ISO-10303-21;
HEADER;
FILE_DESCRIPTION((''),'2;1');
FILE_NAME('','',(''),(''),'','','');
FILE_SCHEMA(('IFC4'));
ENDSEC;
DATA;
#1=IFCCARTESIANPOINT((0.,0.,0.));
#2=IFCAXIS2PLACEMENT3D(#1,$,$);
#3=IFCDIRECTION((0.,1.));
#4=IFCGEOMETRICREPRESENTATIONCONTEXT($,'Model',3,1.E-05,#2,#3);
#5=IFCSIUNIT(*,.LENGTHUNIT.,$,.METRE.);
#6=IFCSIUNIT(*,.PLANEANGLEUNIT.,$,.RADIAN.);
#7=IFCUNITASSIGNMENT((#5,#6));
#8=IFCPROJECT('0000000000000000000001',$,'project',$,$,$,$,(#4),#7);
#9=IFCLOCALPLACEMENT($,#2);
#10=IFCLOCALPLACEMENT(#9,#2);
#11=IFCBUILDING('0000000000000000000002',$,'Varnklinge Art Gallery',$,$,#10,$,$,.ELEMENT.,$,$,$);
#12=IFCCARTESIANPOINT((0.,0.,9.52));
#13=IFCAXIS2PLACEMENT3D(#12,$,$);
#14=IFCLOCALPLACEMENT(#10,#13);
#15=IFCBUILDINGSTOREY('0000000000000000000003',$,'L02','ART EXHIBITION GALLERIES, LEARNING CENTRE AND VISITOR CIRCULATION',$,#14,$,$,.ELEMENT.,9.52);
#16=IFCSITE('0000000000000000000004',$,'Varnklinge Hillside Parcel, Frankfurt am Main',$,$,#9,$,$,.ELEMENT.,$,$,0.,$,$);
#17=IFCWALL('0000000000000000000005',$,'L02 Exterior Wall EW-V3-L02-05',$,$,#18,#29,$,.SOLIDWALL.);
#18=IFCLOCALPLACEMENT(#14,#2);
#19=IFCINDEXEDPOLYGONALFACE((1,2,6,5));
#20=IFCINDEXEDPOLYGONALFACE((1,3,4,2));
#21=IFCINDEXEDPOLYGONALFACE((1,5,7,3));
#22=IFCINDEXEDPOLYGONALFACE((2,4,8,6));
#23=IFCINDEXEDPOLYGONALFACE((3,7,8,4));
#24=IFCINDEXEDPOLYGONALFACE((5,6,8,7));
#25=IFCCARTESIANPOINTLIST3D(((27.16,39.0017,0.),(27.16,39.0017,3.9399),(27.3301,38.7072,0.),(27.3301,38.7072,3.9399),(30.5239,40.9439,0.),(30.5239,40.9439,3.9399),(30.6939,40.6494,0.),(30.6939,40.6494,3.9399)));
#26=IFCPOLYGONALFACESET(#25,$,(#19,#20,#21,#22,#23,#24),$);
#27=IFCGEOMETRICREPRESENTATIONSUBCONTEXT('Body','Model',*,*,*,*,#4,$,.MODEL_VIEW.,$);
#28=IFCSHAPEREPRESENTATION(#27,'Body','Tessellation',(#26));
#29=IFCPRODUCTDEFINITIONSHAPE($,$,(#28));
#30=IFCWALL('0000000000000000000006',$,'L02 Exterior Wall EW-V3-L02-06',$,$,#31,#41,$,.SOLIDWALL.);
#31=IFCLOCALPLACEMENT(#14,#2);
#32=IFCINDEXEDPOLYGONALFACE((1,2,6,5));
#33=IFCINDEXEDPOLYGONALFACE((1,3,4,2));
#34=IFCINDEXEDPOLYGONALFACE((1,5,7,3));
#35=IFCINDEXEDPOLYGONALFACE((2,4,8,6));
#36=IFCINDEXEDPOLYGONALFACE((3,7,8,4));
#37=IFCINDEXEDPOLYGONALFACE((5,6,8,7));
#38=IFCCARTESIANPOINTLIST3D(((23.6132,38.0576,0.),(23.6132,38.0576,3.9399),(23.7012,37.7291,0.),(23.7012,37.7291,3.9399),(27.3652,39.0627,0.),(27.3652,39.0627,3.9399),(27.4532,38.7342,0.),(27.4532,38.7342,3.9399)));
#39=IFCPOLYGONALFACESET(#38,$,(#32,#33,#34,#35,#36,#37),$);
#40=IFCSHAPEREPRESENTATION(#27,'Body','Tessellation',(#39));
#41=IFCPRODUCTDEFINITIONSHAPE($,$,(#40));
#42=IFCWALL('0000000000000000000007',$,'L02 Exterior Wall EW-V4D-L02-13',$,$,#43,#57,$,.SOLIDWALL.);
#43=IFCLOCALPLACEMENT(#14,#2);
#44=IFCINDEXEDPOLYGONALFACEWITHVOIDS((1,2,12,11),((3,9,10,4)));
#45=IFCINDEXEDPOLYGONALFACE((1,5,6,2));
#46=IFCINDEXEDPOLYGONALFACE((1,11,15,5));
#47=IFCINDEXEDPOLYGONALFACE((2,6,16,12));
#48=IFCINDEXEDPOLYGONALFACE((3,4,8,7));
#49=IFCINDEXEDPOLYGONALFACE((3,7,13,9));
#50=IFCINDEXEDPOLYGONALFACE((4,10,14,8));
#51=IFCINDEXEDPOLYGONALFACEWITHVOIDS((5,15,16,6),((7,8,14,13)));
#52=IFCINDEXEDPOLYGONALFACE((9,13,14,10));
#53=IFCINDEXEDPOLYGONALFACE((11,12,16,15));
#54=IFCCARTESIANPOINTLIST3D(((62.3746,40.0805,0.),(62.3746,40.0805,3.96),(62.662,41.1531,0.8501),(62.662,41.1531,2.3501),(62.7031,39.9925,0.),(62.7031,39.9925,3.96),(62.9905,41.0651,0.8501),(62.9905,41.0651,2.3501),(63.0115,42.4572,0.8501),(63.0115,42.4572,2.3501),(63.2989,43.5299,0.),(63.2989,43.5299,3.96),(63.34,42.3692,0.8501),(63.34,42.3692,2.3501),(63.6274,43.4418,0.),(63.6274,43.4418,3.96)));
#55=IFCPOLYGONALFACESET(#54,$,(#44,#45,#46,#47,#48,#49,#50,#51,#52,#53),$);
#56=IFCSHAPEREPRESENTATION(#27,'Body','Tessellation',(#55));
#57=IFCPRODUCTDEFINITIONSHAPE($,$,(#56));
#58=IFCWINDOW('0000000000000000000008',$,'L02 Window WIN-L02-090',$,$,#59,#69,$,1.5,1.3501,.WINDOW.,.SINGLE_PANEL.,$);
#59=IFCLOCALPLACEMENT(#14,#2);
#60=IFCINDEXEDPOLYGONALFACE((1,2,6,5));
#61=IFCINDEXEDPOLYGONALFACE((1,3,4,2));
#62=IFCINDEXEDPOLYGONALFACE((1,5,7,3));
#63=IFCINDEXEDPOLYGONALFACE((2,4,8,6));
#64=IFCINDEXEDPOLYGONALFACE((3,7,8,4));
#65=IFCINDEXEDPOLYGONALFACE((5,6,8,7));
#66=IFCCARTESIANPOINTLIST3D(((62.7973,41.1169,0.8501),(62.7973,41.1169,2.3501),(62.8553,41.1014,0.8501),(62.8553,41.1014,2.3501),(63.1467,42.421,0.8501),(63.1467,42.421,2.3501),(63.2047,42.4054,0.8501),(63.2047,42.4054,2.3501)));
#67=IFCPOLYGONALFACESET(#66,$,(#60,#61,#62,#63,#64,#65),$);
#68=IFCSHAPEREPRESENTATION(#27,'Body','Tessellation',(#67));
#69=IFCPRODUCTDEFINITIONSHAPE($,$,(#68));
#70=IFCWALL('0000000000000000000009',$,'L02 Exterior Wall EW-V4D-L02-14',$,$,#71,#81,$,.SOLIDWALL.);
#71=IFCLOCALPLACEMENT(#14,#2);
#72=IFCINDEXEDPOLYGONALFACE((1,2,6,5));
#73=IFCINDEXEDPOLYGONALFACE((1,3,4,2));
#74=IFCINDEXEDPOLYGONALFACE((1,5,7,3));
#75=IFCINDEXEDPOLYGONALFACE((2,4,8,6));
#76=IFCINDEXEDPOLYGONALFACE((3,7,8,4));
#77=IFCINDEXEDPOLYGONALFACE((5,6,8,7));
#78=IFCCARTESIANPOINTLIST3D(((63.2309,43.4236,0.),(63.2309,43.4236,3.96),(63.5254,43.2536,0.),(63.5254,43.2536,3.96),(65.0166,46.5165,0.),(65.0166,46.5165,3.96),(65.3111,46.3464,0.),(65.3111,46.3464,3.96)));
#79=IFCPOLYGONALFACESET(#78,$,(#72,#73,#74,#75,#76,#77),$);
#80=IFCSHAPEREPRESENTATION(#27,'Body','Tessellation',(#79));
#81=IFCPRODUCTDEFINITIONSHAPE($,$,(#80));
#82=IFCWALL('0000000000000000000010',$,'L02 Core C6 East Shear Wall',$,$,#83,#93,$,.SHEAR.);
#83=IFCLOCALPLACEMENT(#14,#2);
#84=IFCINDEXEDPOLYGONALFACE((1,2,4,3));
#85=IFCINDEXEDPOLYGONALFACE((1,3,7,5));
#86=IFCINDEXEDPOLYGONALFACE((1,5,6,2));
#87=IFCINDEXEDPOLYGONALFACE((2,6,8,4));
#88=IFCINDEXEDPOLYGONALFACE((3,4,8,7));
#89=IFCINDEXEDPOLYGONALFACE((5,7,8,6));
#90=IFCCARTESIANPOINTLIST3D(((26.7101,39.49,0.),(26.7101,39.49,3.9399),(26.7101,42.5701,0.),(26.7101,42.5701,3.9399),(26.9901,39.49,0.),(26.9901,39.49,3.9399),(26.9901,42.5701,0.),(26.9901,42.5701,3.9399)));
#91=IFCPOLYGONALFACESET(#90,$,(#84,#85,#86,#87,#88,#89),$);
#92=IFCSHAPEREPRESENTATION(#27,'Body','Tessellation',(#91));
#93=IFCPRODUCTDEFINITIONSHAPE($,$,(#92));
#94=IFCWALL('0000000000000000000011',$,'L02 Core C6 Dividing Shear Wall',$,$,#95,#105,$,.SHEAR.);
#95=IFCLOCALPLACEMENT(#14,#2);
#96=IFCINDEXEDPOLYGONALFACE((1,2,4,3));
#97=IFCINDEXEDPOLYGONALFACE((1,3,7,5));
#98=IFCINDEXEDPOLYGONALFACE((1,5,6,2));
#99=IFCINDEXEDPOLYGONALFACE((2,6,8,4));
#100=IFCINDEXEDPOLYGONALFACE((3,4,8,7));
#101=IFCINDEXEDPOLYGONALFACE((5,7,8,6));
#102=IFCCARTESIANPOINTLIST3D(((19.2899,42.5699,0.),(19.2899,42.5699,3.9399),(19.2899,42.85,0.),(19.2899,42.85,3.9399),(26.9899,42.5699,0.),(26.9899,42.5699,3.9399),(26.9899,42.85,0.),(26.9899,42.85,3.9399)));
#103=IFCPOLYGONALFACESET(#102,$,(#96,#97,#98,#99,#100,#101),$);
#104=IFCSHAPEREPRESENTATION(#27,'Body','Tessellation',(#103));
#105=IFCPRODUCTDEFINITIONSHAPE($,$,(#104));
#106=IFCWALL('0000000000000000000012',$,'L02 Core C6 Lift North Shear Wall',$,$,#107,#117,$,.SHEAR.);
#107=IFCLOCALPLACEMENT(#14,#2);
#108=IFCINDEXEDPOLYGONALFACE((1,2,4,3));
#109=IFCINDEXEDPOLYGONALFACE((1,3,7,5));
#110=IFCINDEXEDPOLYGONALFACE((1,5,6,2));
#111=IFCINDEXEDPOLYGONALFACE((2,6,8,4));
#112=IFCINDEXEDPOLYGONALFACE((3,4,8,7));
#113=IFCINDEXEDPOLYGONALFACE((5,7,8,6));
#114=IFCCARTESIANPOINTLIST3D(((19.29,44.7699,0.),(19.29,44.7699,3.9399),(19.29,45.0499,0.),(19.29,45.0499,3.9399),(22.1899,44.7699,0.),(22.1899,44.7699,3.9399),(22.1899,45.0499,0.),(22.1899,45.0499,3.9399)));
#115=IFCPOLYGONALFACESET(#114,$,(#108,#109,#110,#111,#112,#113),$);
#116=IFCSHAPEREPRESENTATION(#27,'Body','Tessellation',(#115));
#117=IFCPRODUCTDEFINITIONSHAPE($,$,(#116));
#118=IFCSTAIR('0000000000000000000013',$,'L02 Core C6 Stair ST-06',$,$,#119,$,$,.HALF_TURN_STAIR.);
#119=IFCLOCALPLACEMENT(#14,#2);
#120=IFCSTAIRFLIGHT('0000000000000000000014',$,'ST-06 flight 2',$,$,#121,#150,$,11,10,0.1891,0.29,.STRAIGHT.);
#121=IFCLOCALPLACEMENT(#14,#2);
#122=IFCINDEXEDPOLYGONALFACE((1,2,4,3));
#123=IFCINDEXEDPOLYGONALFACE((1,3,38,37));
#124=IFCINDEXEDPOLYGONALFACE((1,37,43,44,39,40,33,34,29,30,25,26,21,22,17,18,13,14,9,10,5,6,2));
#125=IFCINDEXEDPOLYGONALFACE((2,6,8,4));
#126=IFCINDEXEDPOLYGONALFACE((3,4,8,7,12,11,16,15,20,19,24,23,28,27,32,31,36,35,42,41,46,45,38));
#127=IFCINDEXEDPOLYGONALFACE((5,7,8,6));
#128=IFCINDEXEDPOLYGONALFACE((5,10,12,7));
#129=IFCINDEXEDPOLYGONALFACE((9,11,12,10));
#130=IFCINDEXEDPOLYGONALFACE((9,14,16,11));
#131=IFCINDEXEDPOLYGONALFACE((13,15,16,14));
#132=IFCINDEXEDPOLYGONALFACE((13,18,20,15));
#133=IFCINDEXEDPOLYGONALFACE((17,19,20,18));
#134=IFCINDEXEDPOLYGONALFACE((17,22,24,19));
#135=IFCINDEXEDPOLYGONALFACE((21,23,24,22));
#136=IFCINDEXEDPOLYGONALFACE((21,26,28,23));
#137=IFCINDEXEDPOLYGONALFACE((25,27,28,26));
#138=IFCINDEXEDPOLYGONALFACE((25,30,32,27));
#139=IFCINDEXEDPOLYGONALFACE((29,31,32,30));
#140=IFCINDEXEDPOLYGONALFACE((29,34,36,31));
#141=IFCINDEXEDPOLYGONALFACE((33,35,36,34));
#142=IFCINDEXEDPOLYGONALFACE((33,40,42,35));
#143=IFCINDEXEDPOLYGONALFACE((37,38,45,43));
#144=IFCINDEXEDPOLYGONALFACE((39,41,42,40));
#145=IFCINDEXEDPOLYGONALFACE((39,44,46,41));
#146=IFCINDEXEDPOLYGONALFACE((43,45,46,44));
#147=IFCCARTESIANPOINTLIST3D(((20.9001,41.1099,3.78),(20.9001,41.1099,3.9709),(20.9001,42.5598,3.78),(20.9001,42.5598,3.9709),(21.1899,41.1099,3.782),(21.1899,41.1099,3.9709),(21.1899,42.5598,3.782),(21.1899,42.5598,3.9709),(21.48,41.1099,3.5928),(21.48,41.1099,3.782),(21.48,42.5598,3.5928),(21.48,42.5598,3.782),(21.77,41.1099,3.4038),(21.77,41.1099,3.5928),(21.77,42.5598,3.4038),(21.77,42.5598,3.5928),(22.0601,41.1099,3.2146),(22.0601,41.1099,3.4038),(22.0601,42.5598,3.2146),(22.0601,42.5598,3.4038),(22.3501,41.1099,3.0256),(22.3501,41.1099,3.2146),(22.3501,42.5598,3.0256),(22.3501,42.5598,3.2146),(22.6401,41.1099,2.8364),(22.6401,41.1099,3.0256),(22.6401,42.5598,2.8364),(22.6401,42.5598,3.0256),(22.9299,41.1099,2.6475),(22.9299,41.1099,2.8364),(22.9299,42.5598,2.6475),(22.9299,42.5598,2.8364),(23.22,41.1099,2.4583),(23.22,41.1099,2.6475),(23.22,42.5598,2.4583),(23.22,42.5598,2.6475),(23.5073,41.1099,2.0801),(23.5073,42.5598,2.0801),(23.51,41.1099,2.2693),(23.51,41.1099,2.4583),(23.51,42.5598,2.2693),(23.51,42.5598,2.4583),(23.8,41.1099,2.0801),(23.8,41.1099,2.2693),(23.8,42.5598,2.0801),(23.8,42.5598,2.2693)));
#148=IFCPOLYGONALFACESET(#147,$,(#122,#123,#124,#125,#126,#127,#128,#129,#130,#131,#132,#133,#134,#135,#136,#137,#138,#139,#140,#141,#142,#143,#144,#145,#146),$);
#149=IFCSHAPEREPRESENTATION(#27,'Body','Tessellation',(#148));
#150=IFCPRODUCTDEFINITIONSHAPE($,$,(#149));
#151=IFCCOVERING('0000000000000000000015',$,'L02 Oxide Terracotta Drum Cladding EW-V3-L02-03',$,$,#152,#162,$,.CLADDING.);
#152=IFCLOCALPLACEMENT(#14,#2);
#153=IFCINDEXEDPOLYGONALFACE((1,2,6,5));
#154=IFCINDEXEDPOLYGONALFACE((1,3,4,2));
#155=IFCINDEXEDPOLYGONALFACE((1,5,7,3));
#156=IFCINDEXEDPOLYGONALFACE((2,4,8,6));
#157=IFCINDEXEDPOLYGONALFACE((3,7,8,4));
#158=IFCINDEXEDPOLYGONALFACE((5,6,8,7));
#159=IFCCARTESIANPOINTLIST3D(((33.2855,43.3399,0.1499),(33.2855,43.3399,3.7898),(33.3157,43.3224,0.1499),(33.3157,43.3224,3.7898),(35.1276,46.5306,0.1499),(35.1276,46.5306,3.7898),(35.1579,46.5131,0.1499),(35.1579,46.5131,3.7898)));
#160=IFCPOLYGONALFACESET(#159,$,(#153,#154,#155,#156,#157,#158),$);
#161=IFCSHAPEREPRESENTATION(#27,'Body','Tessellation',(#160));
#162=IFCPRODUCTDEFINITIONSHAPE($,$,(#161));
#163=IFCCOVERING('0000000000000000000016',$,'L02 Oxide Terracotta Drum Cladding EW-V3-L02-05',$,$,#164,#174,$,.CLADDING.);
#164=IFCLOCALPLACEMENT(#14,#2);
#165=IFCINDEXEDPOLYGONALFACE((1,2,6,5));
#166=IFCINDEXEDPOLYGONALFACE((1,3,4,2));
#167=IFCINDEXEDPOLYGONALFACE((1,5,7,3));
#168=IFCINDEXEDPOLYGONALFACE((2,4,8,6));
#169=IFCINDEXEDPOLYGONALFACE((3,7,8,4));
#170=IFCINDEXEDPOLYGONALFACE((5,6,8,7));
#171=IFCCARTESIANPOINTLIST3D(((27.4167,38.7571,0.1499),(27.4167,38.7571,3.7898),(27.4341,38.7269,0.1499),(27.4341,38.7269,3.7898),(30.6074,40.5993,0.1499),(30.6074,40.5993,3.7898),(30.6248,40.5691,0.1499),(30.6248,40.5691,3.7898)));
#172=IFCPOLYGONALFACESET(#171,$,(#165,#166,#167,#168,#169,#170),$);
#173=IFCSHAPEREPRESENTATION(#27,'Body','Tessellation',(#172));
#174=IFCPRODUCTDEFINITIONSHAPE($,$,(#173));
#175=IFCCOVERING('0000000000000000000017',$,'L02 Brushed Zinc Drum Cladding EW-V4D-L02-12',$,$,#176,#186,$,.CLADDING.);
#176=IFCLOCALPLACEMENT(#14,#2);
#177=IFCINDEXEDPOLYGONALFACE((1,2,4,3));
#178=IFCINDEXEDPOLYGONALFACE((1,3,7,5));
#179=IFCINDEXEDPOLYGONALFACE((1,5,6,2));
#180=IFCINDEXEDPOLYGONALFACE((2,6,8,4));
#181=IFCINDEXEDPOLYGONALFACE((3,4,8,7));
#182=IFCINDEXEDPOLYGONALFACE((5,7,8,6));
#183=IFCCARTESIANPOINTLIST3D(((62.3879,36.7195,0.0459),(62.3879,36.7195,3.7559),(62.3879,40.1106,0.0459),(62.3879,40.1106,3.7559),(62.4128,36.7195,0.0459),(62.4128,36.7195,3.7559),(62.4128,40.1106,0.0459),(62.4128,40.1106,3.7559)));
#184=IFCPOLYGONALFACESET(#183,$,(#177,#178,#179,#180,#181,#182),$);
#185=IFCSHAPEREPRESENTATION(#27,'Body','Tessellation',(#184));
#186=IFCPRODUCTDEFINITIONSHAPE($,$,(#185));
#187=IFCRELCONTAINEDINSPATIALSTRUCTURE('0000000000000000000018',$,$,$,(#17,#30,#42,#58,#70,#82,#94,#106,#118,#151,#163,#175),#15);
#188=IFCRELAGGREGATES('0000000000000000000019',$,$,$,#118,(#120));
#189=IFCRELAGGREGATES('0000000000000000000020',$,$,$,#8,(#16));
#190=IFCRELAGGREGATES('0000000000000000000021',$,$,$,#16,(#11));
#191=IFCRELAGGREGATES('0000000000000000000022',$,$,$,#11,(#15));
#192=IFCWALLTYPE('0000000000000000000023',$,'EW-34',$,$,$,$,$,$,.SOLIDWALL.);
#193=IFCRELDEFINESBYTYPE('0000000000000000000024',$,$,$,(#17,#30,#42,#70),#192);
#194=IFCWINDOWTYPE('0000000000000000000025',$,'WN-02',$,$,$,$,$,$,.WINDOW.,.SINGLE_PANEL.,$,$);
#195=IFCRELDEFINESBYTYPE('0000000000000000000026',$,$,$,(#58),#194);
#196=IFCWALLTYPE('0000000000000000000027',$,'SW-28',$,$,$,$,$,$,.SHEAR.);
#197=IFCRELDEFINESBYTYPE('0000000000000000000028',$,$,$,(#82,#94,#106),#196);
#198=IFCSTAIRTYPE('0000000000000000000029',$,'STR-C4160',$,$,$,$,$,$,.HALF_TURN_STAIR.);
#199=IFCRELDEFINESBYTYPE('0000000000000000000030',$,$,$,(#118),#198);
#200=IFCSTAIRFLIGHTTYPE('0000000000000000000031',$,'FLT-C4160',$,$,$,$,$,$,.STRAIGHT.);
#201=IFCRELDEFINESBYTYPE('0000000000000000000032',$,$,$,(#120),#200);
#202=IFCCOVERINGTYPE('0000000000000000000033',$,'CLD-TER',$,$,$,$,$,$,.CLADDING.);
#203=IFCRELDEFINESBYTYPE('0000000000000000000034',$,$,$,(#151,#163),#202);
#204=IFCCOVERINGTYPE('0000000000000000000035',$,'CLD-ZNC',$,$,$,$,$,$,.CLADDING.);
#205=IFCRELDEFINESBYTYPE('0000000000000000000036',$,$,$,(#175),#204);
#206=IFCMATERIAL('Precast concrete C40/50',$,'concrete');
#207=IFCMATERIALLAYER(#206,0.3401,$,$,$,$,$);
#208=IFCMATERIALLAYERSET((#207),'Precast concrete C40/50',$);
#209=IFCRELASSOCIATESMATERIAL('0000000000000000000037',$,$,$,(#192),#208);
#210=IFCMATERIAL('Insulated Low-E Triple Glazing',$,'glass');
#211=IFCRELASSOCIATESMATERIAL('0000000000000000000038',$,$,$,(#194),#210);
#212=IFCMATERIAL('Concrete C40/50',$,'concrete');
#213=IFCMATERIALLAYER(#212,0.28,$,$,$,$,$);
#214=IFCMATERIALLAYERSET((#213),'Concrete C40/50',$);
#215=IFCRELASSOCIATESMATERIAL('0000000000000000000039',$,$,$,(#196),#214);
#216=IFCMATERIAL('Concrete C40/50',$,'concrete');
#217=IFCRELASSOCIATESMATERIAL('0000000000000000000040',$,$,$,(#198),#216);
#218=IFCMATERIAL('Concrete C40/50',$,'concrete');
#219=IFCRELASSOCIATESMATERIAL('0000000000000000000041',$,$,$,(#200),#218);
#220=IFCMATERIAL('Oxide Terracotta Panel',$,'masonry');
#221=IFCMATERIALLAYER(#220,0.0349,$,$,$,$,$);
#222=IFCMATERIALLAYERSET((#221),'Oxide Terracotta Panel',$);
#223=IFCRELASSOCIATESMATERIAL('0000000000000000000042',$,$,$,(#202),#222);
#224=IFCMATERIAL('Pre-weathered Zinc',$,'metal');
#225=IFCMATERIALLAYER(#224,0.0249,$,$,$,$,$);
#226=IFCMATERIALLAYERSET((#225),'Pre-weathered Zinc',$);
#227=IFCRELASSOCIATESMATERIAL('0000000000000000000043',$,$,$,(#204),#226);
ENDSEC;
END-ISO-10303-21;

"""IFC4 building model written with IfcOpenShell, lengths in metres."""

from ifc_helpers import new_model, si_unit, direction, frame, frame_2d, origin, origin_2d, place, context, subcontext, project, spatial, polyline, rectangle, outline, extrude, material, layer, layer_set, type_object, element, fill, aggregate, save


model = new_model("IFC4")

# Units and contexts
model_context = context("Model", 3, precision=1e-05, world=origin(), true_north=direction((0.0, 1.0)))
body_context = subcontext(model_context, "Body", "Model", "MODEL_VIEW")
ifc_project = project(units=[si_unit("LENGTHUNIT", "METRE"), si_unit("PLANEANGLEUNIT", "RADIAN")], contexts=[model_context])

# Site, building, storey
site_placement = place(None, origin())
site = spatial("IfcSite", under=ifc_project, at=site_placement, Name="Varnklinge Hillside Parcel, Frankfurt am Main", CompositionType="ELEMENT", RefElevation=0.0)
building_placement = place(site_placement, origin())
building = spatial("IfcBuilding", under=site, at=building_placement, Name="Varnklinge Art Gallery", CompositionType="ELEMENT")
storey_placement = place(building_placement, frame((0.0, 0.0, 9.52)))
storey = spatial("IfcBuildingStorey", under=building, at=storey_placement, Name="L02", Description="ART EXHIBITION GALLERIES, LEARNING CENTRE AND VISITOR CIRCULATION", CompositionType="ELEMENT", Elevation=9.52)

# Shared definitions
ifc_material_1 = material(Name="Precast concrete C40/50", Category="concrete")
ifc_layer_1 = layer(ifc_material_1, 0.3401)
ifc_layer_set_1 = layer_set([ifc_layer_1], Name="Precast concrete C40/50")
wall_type_1 = type_object("IfcWallType", Name="EW-34", PredefinedType="SOLIDWALL", material=ifc_layer_set_1)

# Walls
for number, where, z_axis, x_axis, name in (
    (1, (30.6089, 40.7966, 0.0), (0.0, 0.0, 1.0), (-0.866018, -0.500013, 0.0), "L02 Exterior Wall EW-V3-L02-05"),
    (2, (27.4092, 38.8984, 0.0), (0.0, 0.0, 1.0), (-0.965939, -0.25877, 0.0), "L02 Exterior Wall EW-V3-L02-06"),
):
    element("IfcWall", number, at=place(storey_placement, frame(where, z_axis=z_axis, x_axis=x_axis)), inside=storey, type_object=wall_type_1, Name=name, PredefinedType="SOLIDWALL", context=body_context, shape_type="SweptSolid", body=[
        extrude(rectangle(XDim=3.8843, YDim=0.3401, at=frame_2d((1.9421, 0.0))), origin(), (0.0, 0.0, 1.0), 3.9399),
    ])

# Wall, opening, window
wall_1_placement = place(storey_placement, frame((62.5388, 40.0364, 0.0), z_axis=(0.0, 0.0, 1.0), x_axis=(0.258828, 0.965923, 0.0)))
wall_1 = element("IfcWall", 3, at=wall_1_placement, inside=storey, type_object=wall_type_1, Name="L02 Exterior Wall EW-V4D-L02-13", PredefinedType="SOLIDWALL", context=body_context, shape_type="SweptSolid", body=[
    extrude(rectangle(XDim=3.571, YDim=0.3401, at=frame_2d((1.7856, 0.0))), origin(), (0.0, 0.0, 1.0), 3.96),
])
opening_1_placement = place(wall_1_placement, frame((1.1106, 0.0, 0.8501)))
opening_1 = element("IfcOpeningElement", 4, at=opening_1_placement, cuts=wall_1, PredefinedType="OPENING", context=body_context, shape_type="SweptSolid", body=[
    extrude(rectangle(XDim=1.3501, YDim=1.5, at=frame_2d((0.675, 0.75))), frame((0.0, 0.1799, 0.0), z_axis=(0.0, -1.0, 0.0), x_axis=(1.0, 0.0, 0.0)), (0.0, 0.0, 1.0), 0.3601),
])
ifc_material_2 = material(Name="Insulated Low-E Triple Glazing", Category="glass")
window_type_1 = type_object("IfcWindowType", Name="WN-02", PartitioningType="SINGLE_PANEL", PredefinedType="WINDOW", material=ifc_material_2)
window_1_placement = place(opening_1_placement, origin())
window_1 = element("IfcWindow", 5, at=window_1_placement, inside=storey, type_object=window_type_1, Name="L02 Window WIN-L02-090", OverallHeight=1.5, OverallWidth=1.3501, PartitioningType="SINGLE_PANEL", PredefinedType="WINDOW", context=body_context, shape_type="SweptSolid", body=[
    extrude(rectangle(XDim=1.3501, YDim=1.5, at=frame_2d((0.675, 0.75))), frame((0.0, 0.03, 0.0), z_axis=(0.0, -1.0, 0.0), x_axis=(1.0, 0.0, 0.0)), (0.0, 0.0, 1.0), 0.0601),
])
fill(opening_1, window_1)

# Walls
wall_2_placement = place(storey_placement, frame((63.3782, 43.3386, 0.0), z_axis=(0.0, 0.0, 1.0), x_axis=(0.500007, 0.866022, 0.0)))
element("IfcWall", 6, at=wall_2_placement, inside=storey, type_object=wall_type_1, Name="L02 Exterior Wall EW-V4D-L02-14", PredefinedType="SOLIDWALL", context=body_context, shape_type="SweptSolid", body=[
    extrude(rectangle(XDim=3.5713, YDim=0.3401, at=frame_2d((1.7856, 0.0))), origin(), (0.0, 0.0, 1.0), 3.96),
])
ifc_material_3 = material(Name="Concrete C40/50", Category="concrete")
ifc_layer_2 = layer(ifc_material_3, 0.28)
ifc_layer_set_2 = layer_set([ifc_layer_2], Name="Concrete C40/50")
wall_type_2 = type_object("IfcWallType", Name="SW-28", PredefinedType="SHEAR", material=ifc_layer_set_2)
wall_3_placement = place(storey_placement, frame((26.8501, 39.49, 0.0), z_axis=(0.0, 0.0, 1.0), x_axis=(0.0, 1.0, 0.0)))
element("IfcWall", 7, at=wall_3_placement, inside=storey, type_object=wall_type_2, Name="L02 Core C6 East Shear Wall", PredefinedType="SHEAR", context=body_context, shape_type="SweptSolid", body=[
    extrude(rectangle(XDim=3.0801, YDim=0.28, at=frame_2d((1.54, 0.0))), origin(), (0.0, 0.0, 1.0), 3.9399),
])
wall_4_placement = place(storey_placement, frame((26.99, 42.71, 0.0), z_axis=(0.0, 0.0, 1.0), x_axis=(-1.0, 0.0, 0.0)))
element("IfcWall", 8, at=wall_4_placement, inside=storey, type_object=wall_type_2, Name="L02 Core C6 Dividing Shear Wall", PredefinedType="SHEAR", context=body_context, shape_type="SweptSolid", body=[
    extrude(rectangle(XDim=7.7, YDim=0.28, at=frame_2d((3.8501, 0.0))), origin(), (0.0, 0.0, 1.0), 3.9399),
])
wall_5_placement = place(storey_placement, frame((22.1899, 44.9099, 0.0), z_axis=(0.0, 0.0, 1.0), x_axis=(-1.0, 0.0, 0.0)))
element("IfcWall", 9, at=wall_5_placement, inside=storey, type_object=wall_type_2, Name="L02 Core C6 Lift North Shear Wall", PredefinedType="SHEAR", context=body_context, shape_type="SweptSolid", body=[
    extrude(rectangle(XDim=2.8999, YDim=0.28, at=frame_2d((1.45, 0.0))), origin(), (0.0, 0.0, 1.0), 3.9399),
])

# Stair, stair flight
ifc_material_4 = material(Name="Concrete C40/50", Category="concrete")
stair_type = type_object("IfcStairType", Name="STR-C4160", PredefinedType="HALF_TURN_STAIR", material=ifc_material_4)
stair_placement = place(storey_placement, origin())
stair = element("IfcStair", 10, at=stair_placement, inside=storey, type_object=stair_type, Name="L02 Core C6 Stair ST-06", PredefinedType="HALF_TURN_STAIR")
ifc_material_5 = material(Name="Concrete C40/50", Category="concrete")
stair_flight_type = type_object("IfcStairFlightType", Name="FLT-C4160", PredefinedType="STRAIGHT", material=ifc_material_5)
stair_flight_placement = place(storey_placement, frame((23.8, 41.835, 2.0801), z_axis=(0.0, 0.0, 1.0), x_axis=(-1.0, 0.0, 0.0)))
stair_flight = element("IfcStairFlight", 11, at=stair_flight_placement, type_object=stair_flight_type, Name="ST-06 flight 2", NumberOfRisers=11, NumberOfTreads=10, PredefinedType="STRAIGHT", RiserHeight=0.1891, TreadLength=0.29, context=body_context, shape_type="SweptSolid", body=[
    extrude(outline(polyline([(0.0, 0.0), (0.0, 0.1892), (0.29, 0.1892), (0.29, 0.3782), (0.5801, 0.3782), (0.5801, 0.5674), (0.8701, 0.5674), (0.8701, 0.7563), (1.1599, 0.7563), (1.1599, 0.9456), (1.45, 0.9456), (1.45, 1.1345), (1.74, 1.1345), (1.74, 1.3237), (2.03, 1.3237), (2.03, 1.5127), (2.3201, 1.5127), (2.3201, 1.7019), (2.6101, 1.7019), (2.6101, 1.8909), (2.8999, 1.8909), (2.8999, 2.0801), (2.8999, 1.7), (0.2927, 0.0), (0.0, 0.0)])), frame((0.0, 0.7251, 0.0), z_axis=(0.0, -1.0, 0.0), x_axis=(1.0, 0.0, 0.0)), (0.0, 0.0, 1.0), 1.45),
])
aggregate(stair, [stair_flight])

# Coverings
ifc_material_6 = material(Name="Oxide Terracotta Panel", Category="masonry")
ifc_layer_3 = layer(ifc_material_6, 0.0349)
ifc_layer_set_3 = layer_set([ifc_layer_3], Name="Oxide Terracotta Panel")
covering_type_1 = type_object("IfcCoveringType", Name="CLD-TER", PredefinedType="CLADDING", material=ifc_layer_set_3)
for number, where, z_axis, x_axis, name in (
    (12, (34.2217, 44.9265, 0.1499), (0.0, 0.0, 1.0), (-0.5, -0.866025, 0.0), "L02 Oxide Terracotta Drum Cladding EW-V3-L02-03"),
    (13, (29.0208, 39.6631, 0.1499), (0.0, 0.0, 1.0), (-0.866025, -0.5, 0.0), "L02 Oxide Terracotta Drum Cladding EW-V3-L02-05"),
):
    element("IfcCovering", number, at=place(storey_placement, frame(where, z_axis=z_axis, x_axis=x_axis)), inside=storey, type_object=covering_type_1, Name=name, PredefinedType="CLADDING", context=body_context, shape_type="SweptSolid", body=[
        extrude(rectangle(XDim=3.6843, YDim=0.0349, at=origin_2d()), origin(), (0.0, 0.0, 1.0), 3.6399),
    ])
ifc_material_7 = material(Name="Pre-weathered Zinc", Category="metal")
ifc_layer_4 = layer(ifc_material_7, 0.0249)
ifc_layer_set_4 = layer_set([ifc_layer_4], Name="Pre-weathered Zinc")
covering_type_2 = type_object("IfcCoveringType", Name="CLD-ZNC", PredefinedType="CLADDING", material=ifc_layer_set_4)
covering_placement = place(storey_placement, frame((62.4004, 38.415, 0.0459), z_axis=(0.0, 0.0, 1.0), x_axis=(0.0, 1.0, 0.0)))
element("IfcCovering", 14, at=covering_placement, inside=storey, type_object=covering_type_2, Name="L02 Brushed Zinc Drum Cladding EW-V4D-L02-12", PredefinedType="CLADDING", context=body_context, shape_type="SweptSolid", body=[
    extrude(rectangle(XDim=3.3911, YDim=0.0249, at=origin_2d()), origin(), (0.0, 0.0, 1.0), 3.71),
])

save(model, "model.ifc")
